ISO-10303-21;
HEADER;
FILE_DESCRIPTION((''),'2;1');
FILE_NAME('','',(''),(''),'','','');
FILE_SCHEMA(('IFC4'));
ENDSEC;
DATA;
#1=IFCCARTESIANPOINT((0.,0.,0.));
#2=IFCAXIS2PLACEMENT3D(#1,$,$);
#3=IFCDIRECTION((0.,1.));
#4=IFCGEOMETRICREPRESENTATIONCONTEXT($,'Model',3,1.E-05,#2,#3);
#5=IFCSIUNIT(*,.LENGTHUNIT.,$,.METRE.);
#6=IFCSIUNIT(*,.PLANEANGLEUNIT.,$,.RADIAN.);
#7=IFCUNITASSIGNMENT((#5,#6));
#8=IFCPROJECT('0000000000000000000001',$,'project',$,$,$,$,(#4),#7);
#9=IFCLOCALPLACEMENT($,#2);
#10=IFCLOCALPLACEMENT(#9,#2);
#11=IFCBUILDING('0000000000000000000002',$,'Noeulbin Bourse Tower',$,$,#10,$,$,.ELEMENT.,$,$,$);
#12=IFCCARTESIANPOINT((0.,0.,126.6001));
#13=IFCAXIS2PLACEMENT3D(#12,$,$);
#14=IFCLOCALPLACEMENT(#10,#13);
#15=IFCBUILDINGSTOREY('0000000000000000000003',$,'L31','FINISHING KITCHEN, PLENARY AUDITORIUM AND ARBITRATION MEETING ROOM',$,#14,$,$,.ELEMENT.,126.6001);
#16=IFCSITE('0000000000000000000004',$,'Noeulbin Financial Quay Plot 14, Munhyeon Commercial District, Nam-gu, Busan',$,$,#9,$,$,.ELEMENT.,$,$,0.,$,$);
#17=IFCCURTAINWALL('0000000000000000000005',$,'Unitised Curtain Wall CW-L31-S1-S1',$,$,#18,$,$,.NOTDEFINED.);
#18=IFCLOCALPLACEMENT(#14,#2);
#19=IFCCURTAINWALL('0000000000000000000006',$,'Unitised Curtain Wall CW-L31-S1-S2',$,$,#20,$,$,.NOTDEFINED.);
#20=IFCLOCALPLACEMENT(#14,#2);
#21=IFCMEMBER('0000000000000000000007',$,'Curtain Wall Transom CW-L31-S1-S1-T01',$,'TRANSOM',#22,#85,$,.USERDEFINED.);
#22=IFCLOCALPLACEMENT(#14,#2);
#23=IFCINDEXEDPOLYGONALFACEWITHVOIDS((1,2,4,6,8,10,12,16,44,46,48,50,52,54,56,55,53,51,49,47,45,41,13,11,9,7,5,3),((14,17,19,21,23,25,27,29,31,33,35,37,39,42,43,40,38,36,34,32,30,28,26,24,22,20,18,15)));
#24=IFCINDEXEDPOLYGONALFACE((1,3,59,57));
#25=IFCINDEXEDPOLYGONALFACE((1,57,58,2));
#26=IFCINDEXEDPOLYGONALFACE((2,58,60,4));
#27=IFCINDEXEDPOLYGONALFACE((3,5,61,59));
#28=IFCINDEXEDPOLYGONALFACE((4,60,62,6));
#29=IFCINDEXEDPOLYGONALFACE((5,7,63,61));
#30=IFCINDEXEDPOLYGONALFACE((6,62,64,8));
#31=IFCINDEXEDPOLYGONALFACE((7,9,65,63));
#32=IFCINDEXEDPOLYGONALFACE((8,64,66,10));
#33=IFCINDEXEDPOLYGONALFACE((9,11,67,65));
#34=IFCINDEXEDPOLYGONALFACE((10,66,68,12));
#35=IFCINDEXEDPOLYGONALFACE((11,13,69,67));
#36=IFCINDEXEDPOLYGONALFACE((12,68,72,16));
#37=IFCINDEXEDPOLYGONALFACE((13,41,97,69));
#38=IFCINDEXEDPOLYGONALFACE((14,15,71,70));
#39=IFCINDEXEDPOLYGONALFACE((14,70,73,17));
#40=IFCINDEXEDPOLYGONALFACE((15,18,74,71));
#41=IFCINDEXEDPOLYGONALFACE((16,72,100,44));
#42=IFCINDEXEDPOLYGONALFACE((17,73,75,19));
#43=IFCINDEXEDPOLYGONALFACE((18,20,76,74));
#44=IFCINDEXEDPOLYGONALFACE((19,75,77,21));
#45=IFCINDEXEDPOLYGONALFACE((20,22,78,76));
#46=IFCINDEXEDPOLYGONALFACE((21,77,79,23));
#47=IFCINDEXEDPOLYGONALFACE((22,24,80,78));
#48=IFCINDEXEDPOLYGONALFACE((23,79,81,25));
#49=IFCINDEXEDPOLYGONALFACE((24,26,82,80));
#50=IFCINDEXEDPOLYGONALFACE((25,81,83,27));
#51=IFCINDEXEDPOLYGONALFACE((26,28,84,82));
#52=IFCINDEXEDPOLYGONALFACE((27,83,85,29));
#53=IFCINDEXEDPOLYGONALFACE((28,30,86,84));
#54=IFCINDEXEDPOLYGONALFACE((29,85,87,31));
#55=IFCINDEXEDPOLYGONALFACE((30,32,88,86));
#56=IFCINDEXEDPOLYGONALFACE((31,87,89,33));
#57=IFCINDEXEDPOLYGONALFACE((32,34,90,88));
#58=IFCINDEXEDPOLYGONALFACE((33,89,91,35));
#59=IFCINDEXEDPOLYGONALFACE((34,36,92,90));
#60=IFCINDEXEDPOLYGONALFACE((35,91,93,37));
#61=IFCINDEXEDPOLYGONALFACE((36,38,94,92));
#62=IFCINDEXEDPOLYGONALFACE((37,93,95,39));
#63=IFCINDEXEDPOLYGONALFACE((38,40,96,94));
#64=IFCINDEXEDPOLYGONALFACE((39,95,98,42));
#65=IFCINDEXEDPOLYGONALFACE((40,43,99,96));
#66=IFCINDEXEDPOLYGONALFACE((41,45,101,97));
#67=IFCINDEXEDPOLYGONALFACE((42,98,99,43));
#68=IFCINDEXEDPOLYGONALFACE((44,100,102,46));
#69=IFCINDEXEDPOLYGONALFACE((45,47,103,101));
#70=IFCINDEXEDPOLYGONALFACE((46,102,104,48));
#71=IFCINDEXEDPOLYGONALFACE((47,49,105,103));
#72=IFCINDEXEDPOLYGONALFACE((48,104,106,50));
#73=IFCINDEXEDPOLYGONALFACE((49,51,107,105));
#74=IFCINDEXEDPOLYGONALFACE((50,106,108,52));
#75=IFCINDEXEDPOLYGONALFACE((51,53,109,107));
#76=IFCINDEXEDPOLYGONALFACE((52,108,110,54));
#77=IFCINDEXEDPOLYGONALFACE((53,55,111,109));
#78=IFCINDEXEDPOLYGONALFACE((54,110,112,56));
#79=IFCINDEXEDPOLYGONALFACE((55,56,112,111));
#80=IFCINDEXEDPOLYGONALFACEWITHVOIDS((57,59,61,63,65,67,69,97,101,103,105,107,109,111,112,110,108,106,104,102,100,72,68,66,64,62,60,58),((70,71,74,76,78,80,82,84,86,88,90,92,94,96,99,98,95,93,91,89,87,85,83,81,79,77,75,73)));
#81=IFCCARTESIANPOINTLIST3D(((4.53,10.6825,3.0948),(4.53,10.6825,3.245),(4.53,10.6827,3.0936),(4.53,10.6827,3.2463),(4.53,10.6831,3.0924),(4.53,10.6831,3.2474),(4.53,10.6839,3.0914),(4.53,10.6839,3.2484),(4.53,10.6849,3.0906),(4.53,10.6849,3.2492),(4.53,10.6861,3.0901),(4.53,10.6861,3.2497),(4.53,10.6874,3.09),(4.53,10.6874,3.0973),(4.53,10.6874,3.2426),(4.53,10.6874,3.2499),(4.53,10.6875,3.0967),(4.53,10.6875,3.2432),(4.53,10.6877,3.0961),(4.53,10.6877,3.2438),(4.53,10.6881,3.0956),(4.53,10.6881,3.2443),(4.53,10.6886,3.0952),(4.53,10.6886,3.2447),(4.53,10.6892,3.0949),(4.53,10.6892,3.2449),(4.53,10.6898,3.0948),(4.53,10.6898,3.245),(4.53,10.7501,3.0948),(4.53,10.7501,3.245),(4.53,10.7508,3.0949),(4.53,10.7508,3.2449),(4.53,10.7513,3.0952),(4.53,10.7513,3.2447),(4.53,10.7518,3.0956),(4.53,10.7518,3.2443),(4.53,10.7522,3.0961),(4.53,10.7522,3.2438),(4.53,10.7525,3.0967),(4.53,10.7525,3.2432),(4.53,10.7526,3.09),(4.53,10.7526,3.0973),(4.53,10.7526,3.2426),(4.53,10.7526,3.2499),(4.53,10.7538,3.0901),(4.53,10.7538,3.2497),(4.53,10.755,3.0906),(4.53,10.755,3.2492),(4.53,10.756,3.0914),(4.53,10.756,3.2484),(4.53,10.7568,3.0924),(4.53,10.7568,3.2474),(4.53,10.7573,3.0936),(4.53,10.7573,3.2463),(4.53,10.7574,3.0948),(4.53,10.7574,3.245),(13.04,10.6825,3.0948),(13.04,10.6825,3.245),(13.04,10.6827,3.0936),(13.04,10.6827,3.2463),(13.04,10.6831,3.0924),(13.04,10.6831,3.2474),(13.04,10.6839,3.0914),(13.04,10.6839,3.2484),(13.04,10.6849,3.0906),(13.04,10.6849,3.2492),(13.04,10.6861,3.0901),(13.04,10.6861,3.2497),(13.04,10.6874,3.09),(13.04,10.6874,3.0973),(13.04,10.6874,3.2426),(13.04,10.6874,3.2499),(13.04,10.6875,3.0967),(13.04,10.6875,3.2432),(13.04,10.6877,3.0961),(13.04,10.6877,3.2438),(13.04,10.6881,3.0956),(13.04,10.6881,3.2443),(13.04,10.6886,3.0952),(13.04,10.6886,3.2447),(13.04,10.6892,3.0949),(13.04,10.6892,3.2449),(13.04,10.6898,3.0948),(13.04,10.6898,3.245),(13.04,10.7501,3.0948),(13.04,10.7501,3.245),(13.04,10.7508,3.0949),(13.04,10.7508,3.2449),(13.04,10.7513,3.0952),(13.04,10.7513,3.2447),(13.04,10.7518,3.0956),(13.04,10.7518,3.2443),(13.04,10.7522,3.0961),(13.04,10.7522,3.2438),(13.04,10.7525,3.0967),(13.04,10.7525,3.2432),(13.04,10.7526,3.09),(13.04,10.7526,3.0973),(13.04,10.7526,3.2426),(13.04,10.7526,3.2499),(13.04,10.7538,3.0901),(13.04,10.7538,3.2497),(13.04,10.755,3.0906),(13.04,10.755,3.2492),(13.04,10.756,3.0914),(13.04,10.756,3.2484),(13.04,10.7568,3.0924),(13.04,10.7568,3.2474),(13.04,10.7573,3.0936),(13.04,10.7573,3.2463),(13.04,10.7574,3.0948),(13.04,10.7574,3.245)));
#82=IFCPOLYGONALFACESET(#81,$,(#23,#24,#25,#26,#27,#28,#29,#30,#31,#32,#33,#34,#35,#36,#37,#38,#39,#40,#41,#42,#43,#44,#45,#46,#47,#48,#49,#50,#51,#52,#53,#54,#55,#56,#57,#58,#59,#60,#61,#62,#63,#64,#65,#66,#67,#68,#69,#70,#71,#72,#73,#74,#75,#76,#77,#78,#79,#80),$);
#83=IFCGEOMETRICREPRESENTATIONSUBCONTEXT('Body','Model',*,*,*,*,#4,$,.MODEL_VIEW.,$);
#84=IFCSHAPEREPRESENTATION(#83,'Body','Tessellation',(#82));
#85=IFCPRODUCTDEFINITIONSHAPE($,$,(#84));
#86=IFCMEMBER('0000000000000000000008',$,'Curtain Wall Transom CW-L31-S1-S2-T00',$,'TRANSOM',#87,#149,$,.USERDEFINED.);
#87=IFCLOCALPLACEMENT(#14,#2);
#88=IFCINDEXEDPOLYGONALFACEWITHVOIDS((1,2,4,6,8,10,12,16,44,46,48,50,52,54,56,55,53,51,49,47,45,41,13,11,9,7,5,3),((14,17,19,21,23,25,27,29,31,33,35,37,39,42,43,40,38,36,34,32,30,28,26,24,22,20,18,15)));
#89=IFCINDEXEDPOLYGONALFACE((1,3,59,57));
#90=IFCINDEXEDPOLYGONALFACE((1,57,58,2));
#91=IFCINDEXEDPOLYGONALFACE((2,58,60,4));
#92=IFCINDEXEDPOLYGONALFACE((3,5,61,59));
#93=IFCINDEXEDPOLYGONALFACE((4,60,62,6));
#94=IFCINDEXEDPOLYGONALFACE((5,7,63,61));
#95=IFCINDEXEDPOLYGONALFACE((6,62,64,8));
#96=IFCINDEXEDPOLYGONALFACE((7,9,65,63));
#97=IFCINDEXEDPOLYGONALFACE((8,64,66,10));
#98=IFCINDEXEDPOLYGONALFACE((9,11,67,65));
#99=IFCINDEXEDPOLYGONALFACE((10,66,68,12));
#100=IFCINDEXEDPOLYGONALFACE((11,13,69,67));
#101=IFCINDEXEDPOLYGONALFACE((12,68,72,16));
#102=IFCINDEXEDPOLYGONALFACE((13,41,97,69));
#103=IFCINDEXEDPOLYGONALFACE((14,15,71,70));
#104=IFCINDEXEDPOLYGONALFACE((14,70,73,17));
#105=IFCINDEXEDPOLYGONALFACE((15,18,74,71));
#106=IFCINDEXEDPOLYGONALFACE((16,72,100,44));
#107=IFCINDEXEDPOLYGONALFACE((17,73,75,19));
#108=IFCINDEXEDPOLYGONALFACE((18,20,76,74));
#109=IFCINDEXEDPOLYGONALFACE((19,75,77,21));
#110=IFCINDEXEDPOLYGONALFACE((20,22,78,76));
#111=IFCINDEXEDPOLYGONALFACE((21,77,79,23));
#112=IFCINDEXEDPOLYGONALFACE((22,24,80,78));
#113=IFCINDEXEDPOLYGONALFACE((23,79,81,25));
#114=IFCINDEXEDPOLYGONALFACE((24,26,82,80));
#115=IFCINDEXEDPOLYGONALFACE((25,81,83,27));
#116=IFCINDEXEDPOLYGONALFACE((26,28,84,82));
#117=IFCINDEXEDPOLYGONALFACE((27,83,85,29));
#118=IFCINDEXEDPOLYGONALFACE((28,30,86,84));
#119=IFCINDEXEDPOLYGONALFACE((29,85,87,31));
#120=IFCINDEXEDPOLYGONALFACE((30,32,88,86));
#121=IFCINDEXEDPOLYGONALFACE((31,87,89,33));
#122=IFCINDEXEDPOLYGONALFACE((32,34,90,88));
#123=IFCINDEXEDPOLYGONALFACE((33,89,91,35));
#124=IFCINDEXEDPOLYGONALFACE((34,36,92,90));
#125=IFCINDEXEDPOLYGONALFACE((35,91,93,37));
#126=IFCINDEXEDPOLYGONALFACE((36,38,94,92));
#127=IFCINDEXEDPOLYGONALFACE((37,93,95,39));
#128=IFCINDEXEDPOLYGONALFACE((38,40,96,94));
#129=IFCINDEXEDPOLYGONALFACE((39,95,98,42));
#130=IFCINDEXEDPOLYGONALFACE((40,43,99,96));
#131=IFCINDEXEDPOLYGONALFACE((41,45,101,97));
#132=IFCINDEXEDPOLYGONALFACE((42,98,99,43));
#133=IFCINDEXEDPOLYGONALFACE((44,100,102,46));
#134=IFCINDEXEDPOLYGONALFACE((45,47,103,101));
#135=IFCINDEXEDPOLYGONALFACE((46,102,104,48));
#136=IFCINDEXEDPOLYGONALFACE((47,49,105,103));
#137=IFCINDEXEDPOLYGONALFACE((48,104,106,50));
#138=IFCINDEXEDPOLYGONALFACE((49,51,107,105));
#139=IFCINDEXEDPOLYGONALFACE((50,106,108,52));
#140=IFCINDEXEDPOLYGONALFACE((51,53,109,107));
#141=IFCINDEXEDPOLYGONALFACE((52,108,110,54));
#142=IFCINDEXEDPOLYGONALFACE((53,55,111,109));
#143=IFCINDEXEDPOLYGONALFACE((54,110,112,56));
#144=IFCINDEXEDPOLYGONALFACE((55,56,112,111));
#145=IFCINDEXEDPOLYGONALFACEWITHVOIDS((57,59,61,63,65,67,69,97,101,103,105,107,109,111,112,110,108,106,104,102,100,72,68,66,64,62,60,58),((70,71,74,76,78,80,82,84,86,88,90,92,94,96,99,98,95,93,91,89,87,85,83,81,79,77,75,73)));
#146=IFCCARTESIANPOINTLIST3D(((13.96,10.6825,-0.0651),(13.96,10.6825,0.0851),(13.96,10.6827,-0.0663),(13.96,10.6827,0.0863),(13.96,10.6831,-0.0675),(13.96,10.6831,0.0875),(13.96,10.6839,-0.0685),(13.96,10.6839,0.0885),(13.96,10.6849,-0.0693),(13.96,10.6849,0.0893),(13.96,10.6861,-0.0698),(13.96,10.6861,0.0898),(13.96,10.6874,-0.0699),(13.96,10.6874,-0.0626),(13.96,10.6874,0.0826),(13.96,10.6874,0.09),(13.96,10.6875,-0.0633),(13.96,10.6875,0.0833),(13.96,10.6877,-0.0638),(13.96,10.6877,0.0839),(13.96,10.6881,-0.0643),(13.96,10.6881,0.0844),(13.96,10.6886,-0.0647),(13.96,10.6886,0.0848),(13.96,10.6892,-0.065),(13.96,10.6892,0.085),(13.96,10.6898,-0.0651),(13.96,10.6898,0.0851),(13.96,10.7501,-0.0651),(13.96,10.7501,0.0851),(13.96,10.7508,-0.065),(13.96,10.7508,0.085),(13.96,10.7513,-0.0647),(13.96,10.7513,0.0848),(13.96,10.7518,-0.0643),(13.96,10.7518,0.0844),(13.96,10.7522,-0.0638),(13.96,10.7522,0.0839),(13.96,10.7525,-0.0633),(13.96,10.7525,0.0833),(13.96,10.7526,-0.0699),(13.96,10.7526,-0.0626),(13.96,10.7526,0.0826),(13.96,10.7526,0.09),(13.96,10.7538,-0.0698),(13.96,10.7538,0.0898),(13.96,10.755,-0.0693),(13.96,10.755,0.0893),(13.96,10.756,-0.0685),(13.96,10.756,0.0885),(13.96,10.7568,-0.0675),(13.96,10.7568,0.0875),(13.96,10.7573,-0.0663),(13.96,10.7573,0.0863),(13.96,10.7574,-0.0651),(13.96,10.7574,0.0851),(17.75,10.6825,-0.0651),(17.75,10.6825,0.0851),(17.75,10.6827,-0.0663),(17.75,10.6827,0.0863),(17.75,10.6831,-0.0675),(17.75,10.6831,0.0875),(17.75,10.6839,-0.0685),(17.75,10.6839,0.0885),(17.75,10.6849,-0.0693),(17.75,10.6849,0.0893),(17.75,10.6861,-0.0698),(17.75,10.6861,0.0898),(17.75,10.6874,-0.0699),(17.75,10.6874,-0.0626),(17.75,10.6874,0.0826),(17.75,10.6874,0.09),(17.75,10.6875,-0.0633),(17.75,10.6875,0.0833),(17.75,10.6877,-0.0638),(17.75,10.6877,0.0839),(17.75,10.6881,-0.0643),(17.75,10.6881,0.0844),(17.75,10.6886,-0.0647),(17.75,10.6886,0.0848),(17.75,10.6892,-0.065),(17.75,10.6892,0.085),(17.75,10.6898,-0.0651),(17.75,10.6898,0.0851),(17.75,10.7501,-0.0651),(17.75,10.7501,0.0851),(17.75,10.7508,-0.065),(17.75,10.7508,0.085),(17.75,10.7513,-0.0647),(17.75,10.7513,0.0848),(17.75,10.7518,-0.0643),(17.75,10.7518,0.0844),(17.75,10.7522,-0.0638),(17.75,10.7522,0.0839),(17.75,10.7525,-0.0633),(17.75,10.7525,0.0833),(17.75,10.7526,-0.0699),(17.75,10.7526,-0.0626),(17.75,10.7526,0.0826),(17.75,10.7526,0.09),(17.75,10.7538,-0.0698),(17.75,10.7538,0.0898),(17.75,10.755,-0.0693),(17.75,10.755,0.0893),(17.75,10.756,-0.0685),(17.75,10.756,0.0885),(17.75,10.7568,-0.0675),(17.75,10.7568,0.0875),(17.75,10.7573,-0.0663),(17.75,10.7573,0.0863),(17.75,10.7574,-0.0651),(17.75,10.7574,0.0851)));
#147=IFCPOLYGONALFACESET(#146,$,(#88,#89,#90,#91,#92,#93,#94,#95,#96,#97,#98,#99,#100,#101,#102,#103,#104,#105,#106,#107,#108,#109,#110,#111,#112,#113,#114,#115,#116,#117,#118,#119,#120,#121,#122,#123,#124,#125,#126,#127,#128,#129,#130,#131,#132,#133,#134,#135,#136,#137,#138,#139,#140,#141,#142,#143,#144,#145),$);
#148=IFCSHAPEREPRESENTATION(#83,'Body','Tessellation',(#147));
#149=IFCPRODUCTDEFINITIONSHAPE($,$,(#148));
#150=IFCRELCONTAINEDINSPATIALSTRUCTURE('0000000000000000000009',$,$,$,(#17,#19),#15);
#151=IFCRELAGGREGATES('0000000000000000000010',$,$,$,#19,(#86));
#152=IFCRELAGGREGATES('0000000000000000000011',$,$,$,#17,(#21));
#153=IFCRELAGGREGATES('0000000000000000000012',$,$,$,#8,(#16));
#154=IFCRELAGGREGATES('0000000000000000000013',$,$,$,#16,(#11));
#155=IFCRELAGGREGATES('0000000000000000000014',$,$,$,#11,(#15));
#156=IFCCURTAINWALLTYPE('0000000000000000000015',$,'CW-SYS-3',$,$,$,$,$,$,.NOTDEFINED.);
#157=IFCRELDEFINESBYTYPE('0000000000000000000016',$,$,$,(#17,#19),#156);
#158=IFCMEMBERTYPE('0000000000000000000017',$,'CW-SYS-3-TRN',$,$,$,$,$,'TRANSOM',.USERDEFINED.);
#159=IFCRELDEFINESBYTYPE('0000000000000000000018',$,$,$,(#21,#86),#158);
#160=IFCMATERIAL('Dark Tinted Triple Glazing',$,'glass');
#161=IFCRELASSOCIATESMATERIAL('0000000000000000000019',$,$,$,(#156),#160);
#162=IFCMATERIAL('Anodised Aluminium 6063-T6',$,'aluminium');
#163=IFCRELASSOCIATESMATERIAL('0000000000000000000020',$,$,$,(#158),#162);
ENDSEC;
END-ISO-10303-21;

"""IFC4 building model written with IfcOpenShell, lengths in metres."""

from ifc_helpers import new_model, si_unit, direction, frame, origin, origin_2d, place, context, subcontext, project, spatial, hollow_rectangle, extrude, material, material_profile, profile_set, type_object, element, aggregate, save


model = new_model("IFC4")

# Units and contexts
model_context = context("Model", 3, precision=1e-05, world=origin(), true_north=direction((0.0, 1.0)))
body_context = subcontext(model_context, "Body", "Model", "MODEL_VIEW")
ifc_project = project(units=[si_unit("LENGTHUNIT", "METRE"), si_unit("PLANEANGLEUNIT", "RADIAN")], contexts=[model_context])

# Site, building, storey
site_placement = place(None, origin())
site = spatial("IfcSite", under=ifc_project, at=site_placement, Name="Noeulbin Financial Quay Plot 14, Munhyeon Commercial District, Nam-gu, Busan", CompositionType="ELEMENT", RefElevation=0.0)
building_placement = place(site_placement, origin())
building = spatial("IfcBuilding", under=site, at=building_placement, Name="Noeulbin Bourse Tower", CompositionType="ELEMENT")
storey_placement = place(building_placement, frame((0.0, 0.0, 126.6001)))
storey = spatial("IfcBuildingStorey", under=building, at=storey_placement, Name="L31", Description="FINISHING KITCHEN, PLENARY AUDITORIUM AND ARBITRATION MEETING ROOM", CompositionType="ELEMENT", Elevation=126.6001)

# Curtain wall
ifc_material_1 = material(Name="Dark Tinted Triple Glazing", Category="glass")
curtain_wall_type = type_object("IfcCurtainWallType", Name="CW-SYS-3", PredefinedType="NOTDEFINED", material=ifc_material_1)
curtain_wall_1_placement = place(storey_placement, origin())
curtain_wall_1 = element("IfcCurtainWall", 1, at=curtain_wall_1_placement, inside=storey, type_object=curtain_wall_type, Name="Unitised Curtain Wall CW-L31-S1-S1", PredefinedType="NOTDEFINED")
ifc_material_2 = material(Name="Anodised Aluminium 6063-T6", Category="aluminium")

# Curtain wall
curtain_wall_2_placement = place(storey_placement, origin())
curtain_wall_2 = element("IfcCurtainWall", 2, at=curtain_wall_2_placement, inside=storey, type_object=curtain_wall_type, Name="Unitised Curtain Wall CW-L31-S1-S2", PredefinedType="NOTDEFINED")

# Members
ifc_material_profile_1 = material_profile(ifc_material_2, hollow_rectangle(XDim=0.075, YDim=0.1599, WallThickness=0.0049, InnerFilletRadius=0.0024, OuterFilletRadius=0.0049, at=origin_2d()), Name="ALU-TRAN-75x160x5", Category="LoadBearing")
ifc_profile_set_1 = profile_set([ifc_material_profile_1], Name="Anodised Aluminium 6063-T6")
member_type_1 = type_object("IfcMemberType", Name="CW-SYS-3-TRN", ElementType="TRANSOM", PredefinedType="USERDEFINED", material=ifc_profile_set_1)
member_1_placement = place(storey_placement, frame((4.53, 10.72, 3.1699), z_axis=(1.0, 0.0, 0.0), x_axis=(0.0, 1.0, 0.0)))
member_1 = element("IfcMember", 3, at=member_1_placement, type_object=member_type_1, Name="Curtain Wall Transom CW-L31-S1-S1-T01", ObjectType="TRANSOM", PredefinedType="USERDEFINED", context=body_context, shape_type="SweptSolid", body=[
    extrude(hollow_rectangle(XDim=0.075, YDim=0.1599, WallThickness=0.0049, InnerFilletRadius=0.0024, OuterFilletRadius=0.0049, at=origin_2d()), origin(), (0.0, 0.0, 1.0), 8.51),
])
member_2_placement = place(storey_placement, frame((13.96, 10.72, 0.01), z_axis=(1.0, 0.0, 0.0), x_axis=(0.0, 1.0, 0.0)))
member_2 = element("IfcMember", 4, at=member_2_placement, type_object=member_type_1, Name="Curtain Wall Transom CW-L31-S1-S2-T00", ObjectType="TRANSOM", PredefinedType="USERDEFINED", context=body_context, shape_type="SweptSolid", body=[
    extrude(hollow_rectangle(XDim=0.075, YDim=0.1599, WallThickness=0.0049, InnerFilletRadius=0.0024, OuterFilletRadius=0.0049, at=origin_2d()), origin(), (0.0, 0.0, 1.0), 3.79),
])
aggregate(curtain_wall_2, [member_2])

aggregate(curtain_wall_1, [member_1])

save(model, "model.ifc")
